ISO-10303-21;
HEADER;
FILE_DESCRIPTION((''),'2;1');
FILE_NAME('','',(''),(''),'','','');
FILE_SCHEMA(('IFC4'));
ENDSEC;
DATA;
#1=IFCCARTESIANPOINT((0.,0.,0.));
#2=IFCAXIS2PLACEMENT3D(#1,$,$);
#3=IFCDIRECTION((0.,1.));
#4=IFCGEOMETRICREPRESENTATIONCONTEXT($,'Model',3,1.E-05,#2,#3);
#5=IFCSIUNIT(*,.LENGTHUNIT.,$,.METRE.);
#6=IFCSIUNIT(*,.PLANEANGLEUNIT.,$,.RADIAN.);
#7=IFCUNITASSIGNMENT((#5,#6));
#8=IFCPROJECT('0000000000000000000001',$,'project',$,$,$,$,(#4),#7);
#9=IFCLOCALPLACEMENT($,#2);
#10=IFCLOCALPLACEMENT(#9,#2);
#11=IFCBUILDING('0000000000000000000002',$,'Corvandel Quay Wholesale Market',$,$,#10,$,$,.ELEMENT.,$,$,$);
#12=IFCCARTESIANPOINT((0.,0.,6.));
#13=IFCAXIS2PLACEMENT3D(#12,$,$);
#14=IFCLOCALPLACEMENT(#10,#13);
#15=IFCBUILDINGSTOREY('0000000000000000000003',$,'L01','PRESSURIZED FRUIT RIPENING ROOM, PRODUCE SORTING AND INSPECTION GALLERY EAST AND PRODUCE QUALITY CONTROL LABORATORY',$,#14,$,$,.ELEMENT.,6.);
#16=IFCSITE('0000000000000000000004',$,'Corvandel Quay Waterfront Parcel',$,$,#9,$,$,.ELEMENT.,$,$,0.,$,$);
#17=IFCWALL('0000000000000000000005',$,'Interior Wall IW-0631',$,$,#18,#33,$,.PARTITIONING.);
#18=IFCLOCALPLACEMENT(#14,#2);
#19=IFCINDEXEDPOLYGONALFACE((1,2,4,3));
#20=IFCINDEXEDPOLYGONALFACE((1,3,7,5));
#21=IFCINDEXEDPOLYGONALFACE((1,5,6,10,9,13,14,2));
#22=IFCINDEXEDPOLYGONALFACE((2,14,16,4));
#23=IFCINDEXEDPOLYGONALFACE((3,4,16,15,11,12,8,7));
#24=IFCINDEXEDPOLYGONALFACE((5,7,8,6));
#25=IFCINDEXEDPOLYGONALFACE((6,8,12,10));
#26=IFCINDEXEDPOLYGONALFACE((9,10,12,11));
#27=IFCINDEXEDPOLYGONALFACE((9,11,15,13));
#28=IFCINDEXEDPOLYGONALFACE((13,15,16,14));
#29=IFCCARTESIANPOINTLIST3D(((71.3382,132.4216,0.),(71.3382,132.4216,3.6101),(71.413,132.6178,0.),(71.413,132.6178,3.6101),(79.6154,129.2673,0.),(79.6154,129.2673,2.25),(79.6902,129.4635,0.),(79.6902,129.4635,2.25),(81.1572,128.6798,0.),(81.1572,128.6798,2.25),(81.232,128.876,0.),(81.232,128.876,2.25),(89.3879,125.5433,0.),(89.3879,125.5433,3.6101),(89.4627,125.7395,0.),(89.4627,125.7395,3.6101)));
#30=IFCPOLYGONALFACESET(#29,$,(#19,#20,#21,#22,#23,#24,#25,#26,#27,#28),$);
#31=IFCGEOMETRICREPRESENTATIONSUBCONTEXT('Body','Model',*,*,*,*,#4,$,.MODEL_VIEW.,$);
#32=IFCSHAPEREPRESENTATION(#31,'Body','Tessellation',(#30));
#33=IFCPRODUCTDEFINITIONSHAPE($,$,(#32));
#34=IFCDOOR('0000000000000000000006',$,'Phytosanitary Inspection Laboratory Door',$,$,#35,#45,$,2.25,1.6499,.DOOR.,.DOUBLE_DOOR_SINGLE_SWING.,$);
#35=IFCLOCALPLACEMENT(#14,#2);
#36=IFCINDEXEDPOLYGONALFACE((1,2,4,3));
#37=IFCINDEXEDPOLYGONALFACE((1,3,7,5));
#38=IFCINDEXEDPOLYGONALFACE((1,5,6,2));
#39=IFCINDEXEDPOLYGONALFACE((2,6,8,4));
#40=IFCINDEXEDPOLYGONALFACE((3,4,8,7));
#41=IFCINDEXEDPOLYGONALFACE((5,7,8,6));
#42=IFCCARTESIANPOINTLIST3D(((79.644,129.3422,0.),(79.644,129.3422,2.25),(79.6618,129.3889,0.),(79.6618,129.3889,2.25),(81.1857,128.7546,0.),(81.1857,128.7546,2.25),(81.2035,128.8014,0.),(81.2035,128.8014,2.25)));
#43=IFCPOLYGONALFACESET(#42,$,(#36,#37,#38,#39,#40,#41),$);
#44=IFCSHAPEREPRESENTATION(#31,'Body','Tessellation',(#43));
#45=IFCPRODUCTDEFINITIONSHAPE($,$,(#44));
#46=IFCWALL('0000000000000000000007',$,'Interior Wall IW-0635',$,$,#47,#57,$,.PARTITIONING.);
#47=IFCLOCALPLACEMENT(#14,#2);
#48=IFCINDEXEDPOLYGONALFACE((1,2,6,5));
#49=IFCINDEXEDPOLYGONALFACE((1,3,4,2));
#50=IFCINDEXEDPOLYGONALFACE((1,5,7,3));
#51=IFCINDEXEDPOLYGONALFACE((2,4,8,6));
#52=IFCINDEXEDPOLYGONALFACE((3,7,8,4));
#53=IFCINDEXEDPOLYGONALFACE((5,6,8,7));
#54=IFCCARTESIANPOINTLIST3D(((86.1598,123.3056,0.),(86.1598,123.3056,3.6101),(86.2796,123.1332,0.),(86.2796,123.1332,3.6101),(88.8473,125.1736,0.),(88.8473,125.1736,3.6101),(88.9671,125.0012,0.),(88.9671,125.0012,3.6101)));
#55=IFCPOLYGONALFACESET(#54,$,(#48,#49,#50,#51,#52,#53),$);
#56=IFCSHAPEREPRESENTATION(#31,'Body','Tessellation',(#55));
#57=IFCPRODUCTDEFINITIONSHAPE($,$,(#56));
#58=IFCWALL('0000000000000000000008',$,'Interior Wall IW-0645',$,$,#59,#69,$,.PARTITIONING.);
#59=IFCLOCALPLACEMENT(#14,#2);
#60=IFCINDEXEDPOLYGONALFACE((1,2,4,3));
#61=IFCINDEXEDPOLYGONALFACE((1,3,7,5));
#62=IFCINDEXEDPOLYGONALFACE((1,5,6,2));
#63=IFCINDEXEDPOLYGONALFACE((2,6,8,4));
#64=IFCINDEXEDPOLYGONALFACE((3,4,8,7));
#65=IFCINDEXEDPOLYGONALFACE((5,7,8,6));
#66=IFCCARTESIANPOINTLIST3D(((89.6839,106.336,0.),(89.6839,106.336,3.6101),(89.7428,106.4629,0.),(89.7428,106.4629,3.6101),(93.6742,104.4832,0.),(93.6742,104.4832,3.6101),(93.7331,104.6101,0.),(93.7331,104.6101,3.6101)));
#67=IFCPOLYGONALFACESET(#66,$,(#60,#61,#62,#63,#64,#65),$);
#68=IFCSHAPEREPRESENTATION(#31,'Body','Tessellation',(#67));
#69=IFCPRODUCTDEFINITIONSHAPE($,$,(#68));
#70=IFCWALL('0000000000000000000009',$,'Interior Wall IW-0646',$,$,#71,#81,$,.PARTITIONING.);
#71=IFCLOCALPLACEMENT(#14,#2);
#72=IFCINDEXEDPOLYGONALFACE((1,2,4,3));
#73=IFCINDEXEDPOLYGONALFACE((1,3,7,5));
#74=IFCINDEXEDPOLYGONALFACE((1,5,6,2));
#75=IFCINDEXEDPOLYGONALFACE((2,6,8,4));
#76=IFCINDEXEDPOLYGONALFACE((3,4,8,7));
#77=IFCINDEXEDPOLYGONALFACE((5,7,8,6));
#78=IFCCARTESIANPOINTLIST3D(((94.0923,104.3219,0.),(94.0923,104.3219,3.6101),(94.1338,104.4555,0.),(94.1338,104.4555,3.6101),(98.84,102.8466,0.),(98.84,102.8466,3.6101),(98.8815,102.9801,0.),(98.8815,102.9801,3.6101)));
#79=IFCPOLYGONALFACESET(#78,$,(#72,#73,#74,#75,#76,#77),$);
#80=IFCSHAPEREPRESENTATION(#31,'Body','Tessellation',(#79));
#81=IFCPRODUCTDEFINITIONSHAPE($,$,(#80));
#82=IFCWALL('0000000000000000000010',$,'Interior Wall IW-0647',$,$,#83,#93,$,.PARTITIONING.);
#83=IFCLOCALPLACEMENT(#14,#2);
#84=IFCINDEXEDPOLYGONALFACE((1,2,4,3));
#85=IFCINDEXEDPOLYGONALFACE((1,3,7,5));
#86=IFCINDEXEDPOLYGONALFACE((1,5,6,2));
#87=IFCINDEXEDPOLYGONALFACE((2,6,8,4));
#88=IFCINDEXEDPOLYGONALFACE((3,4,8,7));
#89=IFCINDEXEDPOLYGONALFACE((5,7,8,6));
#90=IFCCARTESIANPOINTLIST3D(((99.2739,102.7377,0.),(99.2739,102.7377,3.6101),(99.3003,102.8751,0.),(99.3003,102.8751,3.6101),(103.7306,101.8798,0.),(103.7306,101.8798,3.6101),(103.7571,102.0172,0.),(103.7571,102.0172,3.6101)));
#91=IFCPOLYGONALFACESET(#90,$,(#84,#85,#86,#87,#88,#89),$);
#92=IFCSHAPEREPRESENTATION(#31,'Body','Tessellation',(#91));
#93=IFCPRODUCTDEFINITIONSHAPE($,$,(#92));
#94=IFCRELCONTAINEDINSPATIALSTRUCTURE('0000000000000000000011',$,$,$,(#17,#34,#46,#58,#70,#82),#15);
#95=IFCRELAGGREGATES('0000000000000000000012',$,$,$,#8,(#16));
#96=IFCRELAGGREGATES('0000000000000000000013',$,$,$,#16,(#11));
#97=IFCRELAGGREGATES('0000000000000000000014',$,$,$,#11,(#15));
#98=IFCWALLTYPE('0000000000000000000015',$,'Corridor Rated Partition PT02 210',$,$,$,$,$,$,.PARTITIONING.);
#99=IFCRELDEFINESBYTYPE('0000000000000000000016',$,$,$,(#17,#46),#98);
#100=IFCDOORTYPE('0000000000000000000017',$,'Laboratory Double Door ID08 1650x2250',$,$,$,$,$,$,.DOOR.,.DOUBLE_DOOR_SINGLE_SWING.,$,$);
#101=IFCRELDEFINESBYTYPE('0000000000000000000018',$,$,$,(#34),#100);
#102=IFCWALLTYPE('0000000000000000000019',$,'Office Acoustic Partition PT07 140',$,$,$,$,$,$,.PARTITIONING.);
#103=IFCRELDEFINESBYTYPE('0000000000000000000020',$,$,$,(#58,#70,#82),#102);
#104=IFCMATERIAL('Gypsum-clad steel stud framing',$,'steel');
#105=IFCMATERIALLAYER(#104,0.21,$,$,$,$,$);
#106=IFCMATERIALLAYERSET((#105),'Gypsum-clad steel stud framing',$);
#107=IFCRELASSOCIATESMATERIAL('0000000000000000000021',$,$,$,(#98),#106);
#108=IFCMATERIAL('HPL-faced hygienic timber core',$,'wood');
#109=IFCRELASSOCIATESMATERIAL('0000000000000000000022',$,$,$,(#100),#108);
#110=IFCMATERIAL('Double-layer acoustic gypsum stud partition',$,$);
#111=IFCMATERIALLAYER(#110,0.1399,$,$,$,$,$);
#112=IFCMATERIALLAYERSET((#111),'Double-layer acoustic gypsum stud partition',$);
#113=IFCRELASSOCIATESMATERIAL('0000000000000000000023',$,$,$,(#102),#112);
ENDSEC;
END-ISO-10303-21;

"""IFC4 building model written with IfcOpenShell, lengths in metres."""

from ifc_helpers import new_model, si_unit, direction, frame, frame_2d, origin, place, context, subcontext, project, spatial, rectangle, extrude, material, layer, layer_set, type_object, element, fill, save


model = new_model("IFC4")

# Units and contexts
model_context = context("Model", 3, precision=1e-05, world=origin(), true_north=direction((0.0, 1.0)))
body_context = subcontext(model_context, "Body", "Model", "MODEL_VIEW")
ifc_project = project(units=[si_unit("LENGTHUNIT", "METRE"), si_unit("PLANEANGLEUNIT", "RADIAN")], contexts=[model_context])

# Site, building, storey
site_placement = place(None, origin())
site = spatial("IfcSite", under=ifc_project, at=site_placement, Name="Corvandel Quay Waterfront Parcel", CompositionType="ELEMENT", RefElevation=0.0)
building_placement = place(site_placement, origin())
building = spatial("IfcBuilding", under=site, at=building_placement, Name="Corvandel Quay Wholesale Market", CompositionType="ELEMENT")
storey_placement = place(building_placement, frame((0.0, 0.0, 6.0)))
storey = spatial("IfcBuildingStorey", under=building, at=storey_placement, Name="L01", Description="PRESSURIZED FRUIT RIPENING ROOM, PRODUCE SORTING AND INSPECTION GALLERY EAST AND PRODUCE QUALITY CONTROL LABORATORY", CompositionType="ELEMENT", Elevation=6.0)

# Shared definitions
ifc_material_1 = material(Name="Gypsum-clad steel stud framing", Category="steel")
ifc_layer_1 = layer(ifc_material_1, 0.21)
ifc_layer_set_1 = layer_set([ifc_layer_1], Name="Gypsum-clad steel stud framing")
wall_type_1 = type_object("IfcWallType", Name="Corridor Rated Partition PT02 210", PredefinedType="PARTITIONING", material=ifc_layer_set_1)

# Wall, opening, door
wall_1_placement = place(storey_placement, frame((89.4253, 125.6414, 0.0), z_axis=(0.0, 0.0, 1.0), x_axis=(-0.934448, 0.356099, 0.0)))
wall_1 = element("IfcWall", 1, at=wall_1_placement, inside=storey, type_object=wall_type_1, Name="Interior Wall IW-0631", PredefinedType="PARTITIONING", context=body_context, shape_type="SweptSolid", body=[
    extrude(rectangle(XDim=19.3159, YDim=0.21, at=frame_2d((9.658, 0.0))), origin(), (0.0, 0.0, 1.0), 3.6101),
])
opening_placement = place(wall_1_placement, frame((8.8081, 0.0, 0.0)))
opening = element("IfcOpeningElement", 2, at=opening_placement, cuts=wall_1, PredefinedType="OPENING", context=body_context, shape_type="SweptSolid", body=[
    extrude(rectangle(XDim=1.6499, YDim=2.25, at=frame_2d((0.825, 1.125))), frame((0.0, 0.115, 0.0), z_axis=(0.0, -1.0, 0.0), x_axis=(1.0, 0.0, 0.0)), (0.0, 0.0, 1.0), 0.23),
])
ifc_material_2 = material(Name="HPL-faced hygienic timber core", Category="wood")
door_type = type_object("IfcDoorType", Name="Laboratory Double Door ID08 1650x2250", OperationType="DOUBLE_DOOR_SINGLE_SWING", PredefinedType="DOOR", material=ifc_material_2)
door_placement = place(opening_placement, origin())
door = element("IfcDoor", 3, at=door_placement, inside=storey, type_object=door_type, Name="Phytosanitary Inspection Laboratory Door", OperationType="DOUBLE_DOOR_SINGLE_SWING", OverallHeight=2.25, OverallWidth=1.6499, PredefinedType="DOOR", context=body_context, shape_type="SweptSolid", body=[
    extrude(rectangle(XDim=1.6499, YDim=2.25, at=frame_2d((0.825, 1.125))), frame((0.0, 0.0249, 0.0), z_axis=(0.0, -1.0, 0.0), x_axis=(1.0, 0.0, 0.0)), (0.0, 0.0, 1.0), 0.05),
])
fill(opening, door)

# Walls
wall_2_placement = place(storey_placement, frame((88.9072, 125.0874, 0.0), z_axis=(0.0, 0.0, 1.0), x_axis=(-0.821141, -0.570726, 0.0)))
element("IfcWall", 4, at=wall_2_placement, inside=storey, type_object=wall_type_1, Name="Interior Wall IW-0635", PredefinedType="PARTITIONING", context=body_context, shape_type="SweptSolid", body=[
    extrude(rectangle(XDim=3.2729, YDim=0.21, at=frame_2d((1.6365, 0.0))), origin(), (0.0, 0.0, 1.0), 3.6101),
])
ifc_material_3 = material(Name="Double-layer acoustic gypsum stud partition")
ifc_layer_2 = layer(ifc_material_3, 0.1399)
ifc_layer_set_2 = layer_set([ifc_layer_2], Name="Double-layer acoustic gypsum stud partition")
wall_type_2 = type_object("IfcWallType", Name="Office Acoustic Partition PT07 140", PredefinedType="PARTITIONING", material=ifc_layer_set_2)
wall_3_placement = place(storey_placement, frame((89.7134, 106.3994, 0.0), z_axis=(0.0, 0.0, 1.0), x_axis=(0.906994, -0.421144, 0.0)))
element("IfcWall", 5, at=wall_3_placement, inside=storey, type_object=wall_type_2, Name="Interior Wall IW-0645", PredefinedType="PARTITIONING", context=body_context, shape_type="SweptSolid", body=[
    extrude(rectangle(XDim=4.3994, YDim=0.1399, at=frame_2d((2.1997, 0.0))), origin(), (0.0, 0.0, 1.0), 3.6101),
])
wall_4_placement = place(storey_placement, frame((94.113, 104.3887, 0.0), z_axis=(0.0, 0.0, 1.0), x_axis=(0.954957, -0.296745, 0.0)))
element("IfcWall", 6, at=wall_4_placement, inside=storey, type_object=wall_type_2, Name="Interior Wall IW-0646", PredefinedType="PARTITIONING", context=body_context, shape_type="SweptSolid", body=[
    extrude(rectangle(XDim=4.9717, YDim=0.1399, at=frame_2d((2.4858, 0.0))), origin(), (0.0, 0.0, 1.0), 3.6101),
])
wall_5_placement = place(storey_placement, frame((99.2871, 102.8064, 0.0), z_axis=(0.0, 0.0, 1.0), x_axis=(0.981972, -0.189025, 0.0)))
element("IfcWall", 7, at=wall_5_placement, inside=storey, type_object=wall_type_2, Name="Interior Wall IW-0647", PredefinedType="PARTITIONING", context=body_context, shape_type="SweptSolid", body=[
    extrude(rectangle(XDim=4.5386, YDim=0.1399, at=frame_2d((2.2693, 0.0))), origin(), (0.0, 0.0, 1.0), 3.6101),
])

save(model, "model.ifc")
